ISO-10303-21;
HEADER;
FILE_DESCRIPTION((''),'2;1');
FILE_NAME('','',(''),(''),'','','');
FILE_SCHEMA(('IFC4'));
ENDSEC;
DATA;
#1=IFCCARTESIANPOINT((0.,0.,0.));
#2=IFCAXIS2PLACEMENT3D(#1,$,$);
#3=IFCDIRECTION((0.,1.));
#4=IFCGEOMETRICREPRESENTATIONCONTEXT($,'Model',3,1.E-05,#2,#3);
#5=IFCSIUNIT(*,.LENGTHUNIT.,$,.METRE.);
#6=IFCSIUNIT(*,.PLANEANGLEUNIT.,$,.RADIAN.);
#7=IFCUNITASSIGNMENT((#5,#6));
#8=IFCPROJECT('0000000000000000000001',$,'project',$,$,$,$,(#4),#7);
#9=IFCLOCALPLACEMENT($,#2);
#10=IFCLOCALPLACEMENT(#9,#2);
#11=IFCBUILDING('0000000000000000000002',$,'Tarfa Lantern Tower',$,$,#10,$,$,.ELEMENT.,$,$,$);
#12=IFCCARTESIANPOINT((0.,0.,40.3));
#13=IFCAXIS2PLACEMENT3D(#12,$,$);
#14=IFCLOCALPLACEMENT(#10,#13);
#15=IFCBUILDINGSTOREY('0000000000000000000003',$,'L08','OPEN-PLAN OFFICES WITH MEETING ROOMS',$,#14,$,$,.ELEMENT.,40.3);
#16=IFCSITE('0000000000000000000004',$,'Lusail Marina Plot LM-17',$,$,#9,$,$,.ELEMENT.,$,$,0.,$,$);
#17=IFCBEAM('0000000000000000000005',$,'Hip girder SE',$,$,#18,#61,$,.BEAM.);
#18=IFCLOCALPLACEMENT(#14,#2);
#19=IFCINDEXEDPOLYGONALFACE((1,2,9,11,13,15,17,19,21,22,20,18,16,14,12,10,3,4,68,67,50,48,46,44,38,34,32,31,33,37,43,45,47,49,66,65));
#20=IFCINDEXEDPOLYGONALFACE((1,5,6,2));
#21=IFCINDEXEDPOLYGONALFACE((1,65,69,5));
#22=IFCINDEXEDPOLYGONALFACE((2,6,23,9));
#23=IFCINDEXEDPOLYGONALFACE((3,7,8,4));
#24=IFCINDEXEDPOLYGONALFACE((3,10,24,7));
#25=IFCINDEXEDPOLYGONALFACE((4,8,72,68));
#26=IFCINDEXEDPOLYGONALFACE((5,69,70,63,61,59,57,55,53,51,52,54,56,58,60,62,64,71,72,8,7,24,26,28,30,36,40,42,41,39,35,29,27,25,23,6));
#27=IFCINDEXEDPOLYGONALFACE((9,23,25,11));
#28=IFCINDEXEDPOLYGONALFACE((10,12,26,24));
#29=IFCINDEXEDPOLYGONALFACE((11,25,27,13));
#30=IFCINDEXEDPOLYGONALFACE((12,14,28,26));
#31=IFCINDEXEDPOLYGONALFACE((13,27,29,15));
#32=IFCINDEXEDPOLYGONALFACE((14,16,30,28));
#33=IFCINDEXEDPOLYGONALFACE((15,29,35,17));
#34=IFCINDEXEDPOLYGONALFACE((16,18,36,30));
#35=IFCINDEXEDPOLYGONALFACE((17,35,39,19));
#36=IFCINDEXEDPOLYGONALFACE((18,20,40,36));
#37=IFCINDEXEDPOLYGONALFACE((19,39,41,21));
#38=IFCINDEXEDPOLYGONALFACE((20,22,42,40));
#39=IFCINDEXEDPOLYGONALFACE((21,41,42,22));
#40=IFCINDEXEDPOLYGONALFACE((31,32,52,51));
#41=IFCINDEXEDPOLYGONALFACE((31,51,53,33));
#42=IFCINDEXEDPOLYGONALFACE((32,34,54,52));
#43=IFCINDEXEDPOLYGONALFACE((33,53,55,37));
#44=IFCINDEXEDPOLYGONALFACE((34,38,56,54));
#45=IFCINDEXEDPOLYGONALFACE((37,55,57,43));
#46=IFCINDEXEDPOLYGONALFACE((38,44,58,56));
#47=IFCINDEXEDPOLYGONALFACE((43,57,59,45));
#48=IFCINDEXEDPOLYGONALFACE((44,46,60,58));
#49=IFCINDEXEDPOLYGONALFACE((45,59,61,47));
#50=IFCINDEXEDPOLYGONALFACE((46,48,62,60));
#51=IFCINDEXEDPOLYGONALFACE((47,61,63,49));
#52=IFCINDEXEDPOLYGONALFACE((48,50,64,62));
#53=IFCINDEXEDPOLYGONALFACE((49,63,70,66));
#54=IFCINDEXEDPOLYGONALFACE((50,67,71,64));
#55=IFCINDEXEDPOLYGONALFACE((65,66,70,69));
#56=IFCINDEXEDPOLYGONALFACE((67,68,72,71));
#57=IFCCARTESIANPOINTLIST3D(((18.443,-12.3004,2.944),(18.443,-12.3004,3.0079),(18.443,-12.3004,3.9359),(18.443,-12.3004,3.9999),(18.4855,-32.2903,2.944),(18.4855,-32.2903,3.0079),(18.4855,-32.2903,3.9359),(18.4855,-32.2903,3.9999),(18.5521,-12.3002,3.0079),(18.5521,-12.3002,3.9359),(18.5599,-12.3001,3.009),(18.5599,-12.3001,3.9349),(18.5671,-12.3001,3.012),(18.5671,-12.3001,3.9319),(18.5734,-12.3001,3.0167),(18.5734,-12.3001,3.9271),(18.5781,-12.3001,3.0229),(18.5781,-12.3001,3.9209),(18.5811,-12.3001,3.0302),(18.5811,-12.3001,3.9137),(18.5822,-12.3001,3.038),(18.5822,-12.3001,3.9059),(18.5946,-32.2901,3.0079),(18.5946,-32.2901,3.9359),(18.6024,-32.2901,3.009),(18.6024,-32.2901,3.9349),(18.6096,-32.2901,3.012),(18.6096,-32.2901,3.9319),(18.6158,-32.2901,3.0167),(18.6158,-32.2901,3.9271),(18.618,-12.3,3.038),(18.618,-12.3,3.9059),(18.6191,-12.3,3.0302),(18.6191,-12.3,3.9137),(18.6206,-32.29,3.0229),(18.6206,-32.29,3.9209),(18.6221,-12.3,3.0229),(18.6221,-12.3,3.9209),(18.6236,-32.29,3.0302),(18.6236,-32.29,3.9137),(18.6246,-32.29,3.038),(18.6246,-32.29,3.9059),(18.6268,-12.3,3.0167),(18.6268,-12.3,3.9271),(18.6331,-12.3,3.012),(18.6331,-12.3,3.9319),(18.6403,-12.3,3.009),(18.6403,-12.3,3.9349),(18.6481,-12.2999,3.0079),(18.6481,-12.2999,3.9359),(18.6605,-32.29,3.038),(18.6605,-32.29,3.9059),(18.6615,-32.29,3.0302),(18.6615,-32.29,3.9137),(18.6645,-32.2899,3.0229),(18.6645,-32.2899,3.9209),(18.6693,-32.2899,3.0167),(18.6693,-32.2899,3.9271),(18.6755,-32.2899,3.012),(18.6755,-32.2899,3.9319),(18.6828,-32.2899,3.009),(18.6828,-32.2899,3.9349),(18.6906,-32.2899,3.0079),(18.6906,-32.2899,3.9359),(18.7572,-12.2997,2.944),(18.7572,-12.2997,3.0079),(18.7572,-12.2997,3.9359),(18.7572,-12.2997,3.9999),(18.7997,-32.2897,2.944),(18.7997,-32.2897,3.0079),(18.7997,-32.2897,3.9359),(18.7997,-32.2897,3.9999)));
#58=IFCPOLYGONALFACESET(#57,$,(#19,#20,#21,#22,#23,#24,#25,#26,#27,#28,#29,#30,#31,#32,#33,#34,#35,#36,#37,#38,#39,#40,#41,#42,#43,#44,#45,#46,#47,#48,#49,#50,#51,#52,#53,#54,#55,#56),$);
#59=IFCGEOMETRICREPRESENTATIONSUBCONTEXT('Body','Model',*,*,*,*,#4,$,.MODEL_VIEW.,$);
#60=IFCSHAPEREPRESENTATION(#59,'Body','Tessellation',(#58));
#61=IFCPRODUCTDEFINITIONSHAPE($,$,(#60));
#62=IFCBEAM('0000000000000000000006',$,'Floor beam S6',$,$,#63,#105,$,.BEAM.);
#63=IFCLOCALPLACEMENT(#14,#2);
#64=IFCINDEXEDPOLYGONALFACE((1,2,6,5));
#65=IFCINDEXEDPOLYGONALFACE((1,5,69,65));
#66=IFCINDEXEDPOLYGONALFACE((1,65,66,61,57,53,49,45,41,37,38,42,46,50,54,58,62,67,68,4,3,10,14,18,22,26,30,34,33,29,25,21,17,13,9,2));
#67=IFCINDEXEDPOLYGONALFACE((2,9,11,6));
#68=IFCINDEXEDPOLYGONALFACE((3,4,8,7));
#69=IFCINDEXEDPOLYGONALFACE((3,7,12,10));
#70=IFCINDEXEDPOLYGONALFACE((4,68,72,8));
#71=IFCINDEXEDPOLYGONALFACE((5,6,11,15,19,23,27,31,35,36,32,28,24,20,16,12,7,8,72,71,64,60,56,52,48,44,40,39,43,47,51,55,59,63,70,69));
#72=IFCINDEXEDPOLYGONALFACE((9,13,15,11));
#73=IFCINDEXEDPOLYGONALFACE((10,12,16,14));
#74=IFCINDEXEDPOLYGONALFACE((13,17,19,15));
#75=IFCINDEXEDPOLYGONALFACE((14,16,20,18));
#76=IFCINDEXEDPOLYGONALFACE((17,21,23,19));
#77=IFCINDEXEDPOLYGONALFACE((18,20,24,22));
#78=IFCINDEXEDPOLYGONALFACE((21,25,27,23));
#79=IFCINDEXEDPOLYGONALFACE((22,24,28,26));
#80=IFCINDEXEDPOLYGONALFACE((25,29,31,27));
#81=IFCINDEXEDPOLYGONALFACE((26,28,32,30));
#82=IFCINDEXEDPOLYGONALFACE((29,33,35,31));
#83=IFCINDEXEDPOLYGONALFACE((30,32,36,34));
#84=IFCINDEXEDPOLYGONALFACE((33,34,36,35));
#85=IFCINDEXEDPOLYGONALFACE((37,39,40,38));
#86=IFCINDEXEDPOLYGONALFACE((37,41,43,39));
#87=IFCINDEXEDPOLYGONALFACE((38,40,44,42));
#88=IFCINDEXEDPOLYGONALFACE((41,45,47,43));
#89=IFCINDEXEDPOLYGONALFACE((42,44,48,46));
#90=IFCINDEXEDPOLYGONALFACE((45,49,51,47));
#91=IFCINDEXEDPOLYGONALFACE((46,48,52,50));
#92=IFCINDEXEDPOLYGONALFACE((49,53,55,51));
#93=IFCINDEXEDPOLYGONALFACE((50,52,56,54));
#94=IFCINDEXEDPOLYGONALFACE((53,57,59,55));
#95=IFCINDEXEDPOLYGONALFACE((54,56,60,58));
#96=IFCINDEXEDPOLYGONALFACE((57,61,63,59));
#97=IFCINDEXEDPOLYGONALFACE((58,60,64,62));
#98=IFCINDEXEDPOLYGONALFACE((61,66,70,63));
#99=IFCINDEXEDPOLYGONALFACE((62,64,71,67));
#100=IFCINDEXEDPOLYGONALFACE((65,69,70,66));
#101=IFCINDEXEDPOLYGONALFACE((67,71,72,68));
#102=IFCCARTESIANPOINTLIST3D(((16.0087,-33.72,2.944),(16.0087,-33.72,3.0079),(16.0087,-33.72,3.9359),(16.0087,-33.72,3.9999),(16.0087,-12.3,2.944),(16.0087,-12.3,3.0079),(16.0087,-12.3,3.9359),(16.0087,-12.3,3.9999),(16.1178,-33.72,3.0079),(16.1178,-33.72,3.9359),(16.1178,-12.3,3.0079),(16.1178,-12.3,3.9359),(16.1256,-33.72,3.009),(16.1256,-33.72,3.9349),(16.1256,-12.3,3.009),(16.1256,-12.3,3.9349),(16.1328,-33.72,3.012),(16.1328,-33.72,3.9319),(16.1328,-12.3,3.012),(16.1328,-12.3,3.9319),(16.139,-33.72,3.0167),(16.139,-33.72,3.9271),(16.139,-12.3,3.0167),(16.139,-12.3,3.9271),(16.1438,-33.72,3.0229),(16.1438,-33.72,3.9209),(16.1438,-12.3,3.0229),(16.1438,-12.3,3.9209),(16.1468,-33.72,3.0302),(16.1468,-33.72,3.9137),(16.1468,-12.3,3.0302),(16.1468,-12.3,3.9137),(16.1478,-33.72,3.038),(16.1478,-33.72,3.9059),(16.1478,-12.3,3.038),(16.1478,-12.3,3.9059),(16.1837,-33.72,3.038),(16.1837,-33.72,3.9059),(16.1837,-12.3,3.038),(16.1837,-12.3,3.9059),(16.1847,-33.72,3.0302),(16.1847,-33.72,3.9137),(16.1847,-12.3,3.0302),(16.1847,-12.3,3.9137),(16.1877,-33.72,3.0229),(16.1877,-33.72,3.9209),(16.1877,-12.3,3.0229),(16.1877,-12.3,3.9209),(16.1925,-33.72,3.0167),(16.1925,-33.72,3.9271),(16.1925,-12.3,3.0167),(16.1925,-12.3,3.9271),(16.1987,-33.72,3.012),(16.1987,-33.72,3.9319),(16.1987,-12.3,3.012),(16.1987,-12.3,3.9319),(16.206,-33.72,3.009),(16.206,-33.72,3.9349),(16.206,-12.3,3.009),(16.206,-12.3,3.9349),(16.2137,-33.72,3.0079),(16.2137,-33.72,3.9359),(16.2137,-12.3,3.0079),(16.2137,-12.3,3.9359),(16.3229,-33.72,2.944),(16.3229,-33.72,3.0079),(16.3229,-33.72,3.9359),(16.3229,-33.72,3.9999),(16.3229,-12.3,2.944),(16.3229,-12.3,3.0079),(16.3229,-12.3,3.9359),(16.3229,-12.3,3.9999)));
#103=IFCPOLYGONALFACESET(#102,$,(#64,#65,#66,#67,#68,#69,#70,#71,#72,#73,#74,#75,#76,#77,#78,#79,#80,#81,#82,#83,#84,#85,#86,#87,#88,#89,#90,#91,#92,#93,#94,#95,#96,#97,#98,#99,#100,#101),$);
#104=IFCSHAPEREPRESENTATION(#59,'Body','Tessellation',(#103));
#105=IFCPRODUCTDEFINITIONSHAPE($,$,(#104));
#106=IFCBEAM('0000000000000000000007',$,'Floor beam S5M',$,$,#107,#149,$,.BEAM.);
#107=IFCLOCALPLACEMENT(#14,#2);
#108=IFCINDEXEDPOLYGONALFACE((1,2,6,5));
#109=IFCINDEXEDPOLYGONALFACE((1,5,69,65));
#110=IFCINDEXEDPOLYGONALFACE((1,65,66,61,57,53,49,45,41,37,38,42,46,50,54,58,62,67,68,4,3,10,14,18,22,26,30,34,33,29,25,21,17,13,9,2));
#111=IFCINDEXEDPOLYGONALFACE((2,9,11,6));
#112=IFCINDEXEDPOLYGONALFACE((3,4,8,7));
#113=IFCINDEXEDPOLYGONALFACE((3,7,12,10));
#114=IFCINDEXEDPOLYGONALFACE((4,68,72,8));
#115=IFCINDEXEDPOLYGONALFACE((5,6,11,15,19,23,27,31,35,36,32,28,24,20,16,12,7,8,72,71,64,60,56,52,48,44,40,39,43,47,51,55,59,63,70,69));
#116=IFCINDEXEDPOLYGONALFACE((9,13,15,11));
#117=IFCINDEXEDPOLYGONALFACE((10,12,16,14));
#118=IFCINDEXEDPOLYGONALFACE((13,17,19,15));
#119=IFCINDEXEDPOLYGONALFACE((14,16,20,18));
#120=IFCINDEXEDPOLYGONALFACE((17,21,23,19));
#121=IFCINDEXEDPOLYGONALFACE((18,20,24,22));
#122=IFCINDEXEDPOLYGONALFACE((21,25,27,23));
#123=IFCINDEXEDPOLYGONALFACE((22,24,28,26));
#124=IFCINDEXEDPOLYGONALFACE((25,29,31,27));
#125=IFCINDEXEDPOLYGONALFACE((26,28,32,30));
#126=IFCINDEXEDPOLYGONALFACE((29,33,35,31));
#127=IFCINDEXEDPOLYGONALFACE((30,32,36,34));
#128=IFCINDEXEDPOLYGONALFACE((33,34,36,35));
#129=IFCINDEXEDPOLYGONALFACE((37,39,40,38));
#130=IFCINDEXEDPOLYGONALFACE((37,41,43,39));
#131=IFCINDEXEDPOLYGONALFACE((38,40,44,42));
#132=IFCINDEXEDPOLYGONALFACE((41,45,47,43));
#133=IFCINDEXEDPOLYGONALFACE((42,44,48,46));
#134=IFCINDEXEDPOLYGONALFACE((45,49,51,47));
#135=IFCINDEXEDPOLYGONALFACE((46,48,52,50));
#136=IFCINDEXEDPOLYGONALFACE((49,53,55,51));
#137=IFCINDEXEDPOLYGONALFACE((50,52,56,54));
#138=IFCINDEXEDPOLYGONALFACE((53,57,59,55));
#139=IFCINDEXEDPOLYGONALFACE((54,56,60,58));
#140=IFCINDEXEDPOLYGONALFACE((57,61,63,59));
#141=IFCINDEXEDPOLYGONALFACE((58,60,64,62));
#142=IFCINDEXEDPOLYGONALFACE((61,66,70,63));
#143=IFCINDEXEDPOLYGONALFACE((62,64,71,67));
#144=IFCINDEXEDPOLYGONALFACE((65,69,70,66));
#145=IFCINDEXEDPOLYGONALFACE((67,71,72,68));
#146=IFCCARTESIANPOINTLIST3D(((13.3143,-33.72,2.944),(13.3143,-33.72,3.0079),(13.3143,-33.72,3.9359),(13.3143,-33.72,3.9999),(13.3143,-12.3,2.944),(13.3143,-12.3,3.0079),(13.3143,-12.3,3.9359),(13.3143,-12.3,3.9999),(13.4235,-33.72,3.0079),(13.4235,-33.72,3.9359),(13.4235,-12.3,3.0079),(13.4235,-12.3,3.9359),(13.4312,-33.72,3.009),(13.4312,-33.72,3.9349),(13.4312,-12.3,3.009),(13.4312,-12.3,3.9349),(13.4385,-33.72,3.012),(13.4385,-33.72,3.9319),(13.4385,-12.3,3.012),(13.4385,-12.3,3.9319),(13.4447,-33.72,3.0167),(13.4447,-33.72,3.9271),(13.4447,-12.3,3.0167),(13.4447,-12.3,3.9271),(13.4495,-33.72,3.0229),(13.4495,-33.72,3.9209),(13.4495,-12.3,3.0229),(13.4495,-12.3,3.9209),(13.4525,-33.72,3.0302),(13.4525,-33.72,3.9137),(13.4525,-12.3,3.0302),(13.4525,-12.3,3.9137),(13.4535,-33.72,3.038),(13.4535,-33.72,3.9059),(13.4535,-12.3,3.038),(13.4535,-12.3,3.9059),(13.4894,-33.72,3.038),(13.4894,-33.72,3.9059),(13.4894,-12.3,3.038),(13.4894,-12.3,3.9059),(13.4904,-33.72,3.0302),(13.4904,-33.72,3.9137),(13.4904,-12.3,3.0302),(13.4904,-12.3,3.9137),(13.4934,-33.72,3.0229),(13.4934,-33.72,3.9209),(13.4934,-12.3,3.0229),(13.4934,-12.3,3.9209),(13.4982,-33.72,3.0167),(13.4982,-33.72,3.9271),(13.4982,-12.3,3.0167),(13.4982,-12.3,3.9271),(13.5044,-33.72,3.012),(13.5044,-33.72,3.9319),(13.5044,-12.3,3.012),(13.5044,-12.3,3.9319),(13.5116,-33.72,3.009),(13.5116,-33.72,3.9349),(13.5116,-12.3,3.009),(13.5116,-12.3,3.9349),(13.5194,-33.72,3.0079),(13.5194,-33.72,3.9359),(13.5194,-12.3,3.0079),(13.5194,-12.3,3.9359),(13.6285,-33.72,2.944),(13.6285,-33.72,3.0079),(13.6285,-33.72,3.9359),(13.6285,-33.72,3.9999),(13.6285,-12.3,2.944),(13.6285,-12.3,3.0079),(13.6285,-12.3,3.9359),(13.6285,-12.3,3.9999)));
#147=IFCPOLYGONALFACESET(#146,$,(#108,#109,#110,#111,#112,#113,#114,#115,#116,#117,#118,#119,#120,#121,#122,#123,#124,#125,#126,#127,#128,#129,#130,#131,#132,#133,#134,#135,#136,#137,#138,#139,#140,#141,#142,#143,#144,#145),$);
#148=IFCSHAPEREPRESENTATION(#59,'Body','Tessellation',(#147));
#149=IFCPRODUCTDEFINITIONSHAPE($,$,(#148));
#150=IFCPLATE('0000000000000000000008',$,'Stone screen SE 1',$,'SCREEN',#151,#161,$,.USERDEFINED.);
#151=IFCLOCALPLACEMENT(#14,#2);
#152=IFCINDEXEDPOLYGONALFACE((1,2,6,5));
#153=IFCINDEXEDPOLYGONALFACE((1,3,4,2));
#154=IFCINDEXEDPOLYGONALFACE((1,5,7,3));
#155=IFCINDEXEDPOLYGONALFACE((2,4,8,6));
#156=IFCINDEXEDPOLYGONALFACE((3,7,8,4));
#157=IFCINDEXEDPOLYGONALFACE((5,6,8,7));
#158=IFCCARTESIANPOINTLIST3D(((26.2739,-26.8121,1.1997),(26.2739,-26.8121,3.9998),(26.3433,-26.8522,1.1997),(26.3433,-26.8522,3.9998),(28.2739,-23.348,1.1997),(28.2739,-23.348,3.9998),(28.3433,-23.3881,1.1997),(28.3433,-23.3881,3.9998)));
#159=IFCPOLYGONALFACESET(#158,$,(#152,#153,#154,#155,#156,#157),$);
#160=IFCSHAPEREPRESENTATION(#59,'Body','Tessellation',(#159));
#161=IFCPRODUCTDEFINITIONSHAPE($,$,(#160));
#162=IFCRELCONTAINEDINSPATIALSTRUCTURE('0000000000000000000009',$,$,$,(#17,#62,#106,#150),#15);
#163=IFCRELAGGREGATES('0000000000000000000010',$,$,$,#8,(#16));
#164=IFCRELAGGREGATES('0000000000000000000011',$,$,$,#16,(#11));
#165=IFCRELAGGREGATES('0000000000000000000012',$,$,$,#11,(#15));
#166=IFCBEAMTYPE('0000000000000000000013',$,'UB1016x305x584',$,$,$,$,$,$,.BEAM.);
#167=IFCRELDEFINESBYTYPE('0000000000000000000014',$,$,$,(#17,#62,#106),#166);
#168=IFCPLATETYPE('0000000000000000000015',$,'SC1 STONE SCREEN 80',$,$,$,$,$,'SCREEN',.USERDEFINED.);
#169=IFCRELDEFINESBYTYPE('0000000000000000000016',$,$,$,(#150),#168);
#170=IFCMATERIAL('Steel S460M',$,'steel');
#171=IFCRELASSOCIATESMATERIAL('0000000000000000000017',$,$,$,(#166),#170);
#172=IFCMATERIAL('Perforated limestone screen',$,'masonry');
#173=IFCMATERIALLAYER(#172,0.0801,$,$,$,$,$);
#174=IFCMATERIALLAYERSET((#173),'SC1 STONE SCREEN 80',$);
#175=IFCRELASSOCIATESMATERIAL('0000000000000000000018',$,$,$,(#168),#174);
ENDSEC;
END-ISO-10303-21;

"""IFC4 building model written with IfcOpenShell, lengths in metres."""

from ifc_helpers import new_model, si_unit, direction, frame, origin, origin_2d, place, context, subcontext, project, spatial, rectangle, i_section, extrude, material, layer, layer_set, material_profile, profile_set, type_object, element, save


model = new_model("IFC4")

# Units and contexts
model_context = context("Model", 3, precision=1e-05, world=origin(), true_north=direction((0.0, 1.0)))
body_context = subcontext(model_context, "Body", "Model", "MODEL_VIEW")
ifc_project = project(units=[si_unit("LENGTHUNIT", "METRE"), si_unit("PLANEANGLEUNIT", "RADIAN")], contexts=[model_context])

# Site, building, storey
site_placement = place(None, origin())
site = spatial("IfcSite", under=ifc_project, at=site_placement, Name="Lusail Marina Plot LM-17", CompositionType="ELEMENT", RefElevation=0.0)
building_placement = place(site_placement, origin())
building = spatial("IfcBuilding", under=site, at=building_placement, Name="Tarfa Lantern Tower", CompositionType="ELEMENT")
storey_placement = place(building_placement, frame((0.0, 0.0, 40.3)))
storey = spatial("IfcBuildingStorey", under=building, at=storey_placement, Name="L08", Description="OPEN-PLAN OFFICES WITH MEETING ROOMS", CompositionType="ELEMENT", Elevation=40.3)

# Beams
ifc_material_1 = material(Name="Steel S460M", Category="steel")
ifc_material_profile_1 = material_profile(ifc_material_1, i_section(OverallWidth=0.3142, OverallDepth=1.0559, WebThickness=0.0359, FlangeThickness=0.064, FilletRadius=0.03, at=origin_2d()), Name="UB1016x305x584")
ifc_profile_set_1 = profile_set([ifc_material_profile_1], Name="Steel S460M")
beam_type_1 = type_object("IfcBeamType", Name="UB1016x305x584", PredefinedType="BEAM", material=ifc_profile_set_1)
beam_1_placement = place(storey_placement, frame((18.6001, -12.3, 3.4719), z_axis=(0.002125, -0.999998, 0.0), x_axis=(0.999998, 0.002125, 0.0)))
element("IfcBeam", 1, at=beam_1_placement, inside=storey, type_object=beam_type_1, Name="Hip girder SE", PredefinedType="BEAM", context=body_context, shape_type="SweptSolid", body=[
    extrude(i_section(OverallWidth=0.3142, OverallDepth=1.0559, WebThickness=0.0359, FlangeThickness=0.064, FilletRadius=0.03, at=origin_2d()), origin(), (0.0, 0.0, 1.0), 19.99),
])
for number, where, z_axis, x_axis, name in (
    (2, (16.1658, -33.72, 3.4719), (0.0, 1.0, 0.0), (-1.0, 0.0, 0.0), "Floor beam S6"),
    (3, (13.4714, -33.72, 3.4719), (0.0, 1.0, 0.0), (-1.0, 0.0, 0.0), "Floor beam S5M"),
):
    element("IfcBeam", number, at=place(storey_placement, frame(where, z_axis=z_axis, x_axis=x_axis)), inside=storey, type_object=beam_type_1, Name=name, PredefinedType="BEAM", context=body_context, shape_type="SweptSolid", body=[
        extrude(i_section(OverallWidth=0.3142, OverallDepth=1.0559, WebThickness=0.0359, FlangeThickness=0.064, FilletRadius=0.03, at=origin_2d()), origin(), (0.0, 0.0, 1.0), 21.4199),
    ])

# Plate
ifc_material_2 = material(Name="Perforated limestone screen", Category="masonry")
ifc_layer_1 = layer(ifc_material_2, 0.0801)
ifc_layer_set_1 = layer_set([ifc_layer_1], Name="SC1 STONE SCREEN 80")
plate_type = type_object("IfcPlateType", Name="SC1 STONE SCREEN 80", ElementType="SCREEN", PredefinedType="USERDEFINED", material=ifc_layer_set_1)
plate_placement = place(storey_placement, frame((27.3086, -25.1001, 1.1997), z_axis=(0.0, 0.0, 1.0), x_axis=(0.5, 0.866025, 0.0)))
element("IfcPlate", 4, at=plate_placement, inside=storey, type_object=plate_type, Name="Stone screen SE 1", ObjectType="SCREEN", PredefinedType="USERDEFINED", context=body_context, shape_type="SweptSolid", body=[
    extrude(rectangle(XDim=4.0, YDim=0.0801, at=origin_2d()), origin(), (0.0, 0.0, 1.0), 2.8),
])

save(model, "model.ifc")
